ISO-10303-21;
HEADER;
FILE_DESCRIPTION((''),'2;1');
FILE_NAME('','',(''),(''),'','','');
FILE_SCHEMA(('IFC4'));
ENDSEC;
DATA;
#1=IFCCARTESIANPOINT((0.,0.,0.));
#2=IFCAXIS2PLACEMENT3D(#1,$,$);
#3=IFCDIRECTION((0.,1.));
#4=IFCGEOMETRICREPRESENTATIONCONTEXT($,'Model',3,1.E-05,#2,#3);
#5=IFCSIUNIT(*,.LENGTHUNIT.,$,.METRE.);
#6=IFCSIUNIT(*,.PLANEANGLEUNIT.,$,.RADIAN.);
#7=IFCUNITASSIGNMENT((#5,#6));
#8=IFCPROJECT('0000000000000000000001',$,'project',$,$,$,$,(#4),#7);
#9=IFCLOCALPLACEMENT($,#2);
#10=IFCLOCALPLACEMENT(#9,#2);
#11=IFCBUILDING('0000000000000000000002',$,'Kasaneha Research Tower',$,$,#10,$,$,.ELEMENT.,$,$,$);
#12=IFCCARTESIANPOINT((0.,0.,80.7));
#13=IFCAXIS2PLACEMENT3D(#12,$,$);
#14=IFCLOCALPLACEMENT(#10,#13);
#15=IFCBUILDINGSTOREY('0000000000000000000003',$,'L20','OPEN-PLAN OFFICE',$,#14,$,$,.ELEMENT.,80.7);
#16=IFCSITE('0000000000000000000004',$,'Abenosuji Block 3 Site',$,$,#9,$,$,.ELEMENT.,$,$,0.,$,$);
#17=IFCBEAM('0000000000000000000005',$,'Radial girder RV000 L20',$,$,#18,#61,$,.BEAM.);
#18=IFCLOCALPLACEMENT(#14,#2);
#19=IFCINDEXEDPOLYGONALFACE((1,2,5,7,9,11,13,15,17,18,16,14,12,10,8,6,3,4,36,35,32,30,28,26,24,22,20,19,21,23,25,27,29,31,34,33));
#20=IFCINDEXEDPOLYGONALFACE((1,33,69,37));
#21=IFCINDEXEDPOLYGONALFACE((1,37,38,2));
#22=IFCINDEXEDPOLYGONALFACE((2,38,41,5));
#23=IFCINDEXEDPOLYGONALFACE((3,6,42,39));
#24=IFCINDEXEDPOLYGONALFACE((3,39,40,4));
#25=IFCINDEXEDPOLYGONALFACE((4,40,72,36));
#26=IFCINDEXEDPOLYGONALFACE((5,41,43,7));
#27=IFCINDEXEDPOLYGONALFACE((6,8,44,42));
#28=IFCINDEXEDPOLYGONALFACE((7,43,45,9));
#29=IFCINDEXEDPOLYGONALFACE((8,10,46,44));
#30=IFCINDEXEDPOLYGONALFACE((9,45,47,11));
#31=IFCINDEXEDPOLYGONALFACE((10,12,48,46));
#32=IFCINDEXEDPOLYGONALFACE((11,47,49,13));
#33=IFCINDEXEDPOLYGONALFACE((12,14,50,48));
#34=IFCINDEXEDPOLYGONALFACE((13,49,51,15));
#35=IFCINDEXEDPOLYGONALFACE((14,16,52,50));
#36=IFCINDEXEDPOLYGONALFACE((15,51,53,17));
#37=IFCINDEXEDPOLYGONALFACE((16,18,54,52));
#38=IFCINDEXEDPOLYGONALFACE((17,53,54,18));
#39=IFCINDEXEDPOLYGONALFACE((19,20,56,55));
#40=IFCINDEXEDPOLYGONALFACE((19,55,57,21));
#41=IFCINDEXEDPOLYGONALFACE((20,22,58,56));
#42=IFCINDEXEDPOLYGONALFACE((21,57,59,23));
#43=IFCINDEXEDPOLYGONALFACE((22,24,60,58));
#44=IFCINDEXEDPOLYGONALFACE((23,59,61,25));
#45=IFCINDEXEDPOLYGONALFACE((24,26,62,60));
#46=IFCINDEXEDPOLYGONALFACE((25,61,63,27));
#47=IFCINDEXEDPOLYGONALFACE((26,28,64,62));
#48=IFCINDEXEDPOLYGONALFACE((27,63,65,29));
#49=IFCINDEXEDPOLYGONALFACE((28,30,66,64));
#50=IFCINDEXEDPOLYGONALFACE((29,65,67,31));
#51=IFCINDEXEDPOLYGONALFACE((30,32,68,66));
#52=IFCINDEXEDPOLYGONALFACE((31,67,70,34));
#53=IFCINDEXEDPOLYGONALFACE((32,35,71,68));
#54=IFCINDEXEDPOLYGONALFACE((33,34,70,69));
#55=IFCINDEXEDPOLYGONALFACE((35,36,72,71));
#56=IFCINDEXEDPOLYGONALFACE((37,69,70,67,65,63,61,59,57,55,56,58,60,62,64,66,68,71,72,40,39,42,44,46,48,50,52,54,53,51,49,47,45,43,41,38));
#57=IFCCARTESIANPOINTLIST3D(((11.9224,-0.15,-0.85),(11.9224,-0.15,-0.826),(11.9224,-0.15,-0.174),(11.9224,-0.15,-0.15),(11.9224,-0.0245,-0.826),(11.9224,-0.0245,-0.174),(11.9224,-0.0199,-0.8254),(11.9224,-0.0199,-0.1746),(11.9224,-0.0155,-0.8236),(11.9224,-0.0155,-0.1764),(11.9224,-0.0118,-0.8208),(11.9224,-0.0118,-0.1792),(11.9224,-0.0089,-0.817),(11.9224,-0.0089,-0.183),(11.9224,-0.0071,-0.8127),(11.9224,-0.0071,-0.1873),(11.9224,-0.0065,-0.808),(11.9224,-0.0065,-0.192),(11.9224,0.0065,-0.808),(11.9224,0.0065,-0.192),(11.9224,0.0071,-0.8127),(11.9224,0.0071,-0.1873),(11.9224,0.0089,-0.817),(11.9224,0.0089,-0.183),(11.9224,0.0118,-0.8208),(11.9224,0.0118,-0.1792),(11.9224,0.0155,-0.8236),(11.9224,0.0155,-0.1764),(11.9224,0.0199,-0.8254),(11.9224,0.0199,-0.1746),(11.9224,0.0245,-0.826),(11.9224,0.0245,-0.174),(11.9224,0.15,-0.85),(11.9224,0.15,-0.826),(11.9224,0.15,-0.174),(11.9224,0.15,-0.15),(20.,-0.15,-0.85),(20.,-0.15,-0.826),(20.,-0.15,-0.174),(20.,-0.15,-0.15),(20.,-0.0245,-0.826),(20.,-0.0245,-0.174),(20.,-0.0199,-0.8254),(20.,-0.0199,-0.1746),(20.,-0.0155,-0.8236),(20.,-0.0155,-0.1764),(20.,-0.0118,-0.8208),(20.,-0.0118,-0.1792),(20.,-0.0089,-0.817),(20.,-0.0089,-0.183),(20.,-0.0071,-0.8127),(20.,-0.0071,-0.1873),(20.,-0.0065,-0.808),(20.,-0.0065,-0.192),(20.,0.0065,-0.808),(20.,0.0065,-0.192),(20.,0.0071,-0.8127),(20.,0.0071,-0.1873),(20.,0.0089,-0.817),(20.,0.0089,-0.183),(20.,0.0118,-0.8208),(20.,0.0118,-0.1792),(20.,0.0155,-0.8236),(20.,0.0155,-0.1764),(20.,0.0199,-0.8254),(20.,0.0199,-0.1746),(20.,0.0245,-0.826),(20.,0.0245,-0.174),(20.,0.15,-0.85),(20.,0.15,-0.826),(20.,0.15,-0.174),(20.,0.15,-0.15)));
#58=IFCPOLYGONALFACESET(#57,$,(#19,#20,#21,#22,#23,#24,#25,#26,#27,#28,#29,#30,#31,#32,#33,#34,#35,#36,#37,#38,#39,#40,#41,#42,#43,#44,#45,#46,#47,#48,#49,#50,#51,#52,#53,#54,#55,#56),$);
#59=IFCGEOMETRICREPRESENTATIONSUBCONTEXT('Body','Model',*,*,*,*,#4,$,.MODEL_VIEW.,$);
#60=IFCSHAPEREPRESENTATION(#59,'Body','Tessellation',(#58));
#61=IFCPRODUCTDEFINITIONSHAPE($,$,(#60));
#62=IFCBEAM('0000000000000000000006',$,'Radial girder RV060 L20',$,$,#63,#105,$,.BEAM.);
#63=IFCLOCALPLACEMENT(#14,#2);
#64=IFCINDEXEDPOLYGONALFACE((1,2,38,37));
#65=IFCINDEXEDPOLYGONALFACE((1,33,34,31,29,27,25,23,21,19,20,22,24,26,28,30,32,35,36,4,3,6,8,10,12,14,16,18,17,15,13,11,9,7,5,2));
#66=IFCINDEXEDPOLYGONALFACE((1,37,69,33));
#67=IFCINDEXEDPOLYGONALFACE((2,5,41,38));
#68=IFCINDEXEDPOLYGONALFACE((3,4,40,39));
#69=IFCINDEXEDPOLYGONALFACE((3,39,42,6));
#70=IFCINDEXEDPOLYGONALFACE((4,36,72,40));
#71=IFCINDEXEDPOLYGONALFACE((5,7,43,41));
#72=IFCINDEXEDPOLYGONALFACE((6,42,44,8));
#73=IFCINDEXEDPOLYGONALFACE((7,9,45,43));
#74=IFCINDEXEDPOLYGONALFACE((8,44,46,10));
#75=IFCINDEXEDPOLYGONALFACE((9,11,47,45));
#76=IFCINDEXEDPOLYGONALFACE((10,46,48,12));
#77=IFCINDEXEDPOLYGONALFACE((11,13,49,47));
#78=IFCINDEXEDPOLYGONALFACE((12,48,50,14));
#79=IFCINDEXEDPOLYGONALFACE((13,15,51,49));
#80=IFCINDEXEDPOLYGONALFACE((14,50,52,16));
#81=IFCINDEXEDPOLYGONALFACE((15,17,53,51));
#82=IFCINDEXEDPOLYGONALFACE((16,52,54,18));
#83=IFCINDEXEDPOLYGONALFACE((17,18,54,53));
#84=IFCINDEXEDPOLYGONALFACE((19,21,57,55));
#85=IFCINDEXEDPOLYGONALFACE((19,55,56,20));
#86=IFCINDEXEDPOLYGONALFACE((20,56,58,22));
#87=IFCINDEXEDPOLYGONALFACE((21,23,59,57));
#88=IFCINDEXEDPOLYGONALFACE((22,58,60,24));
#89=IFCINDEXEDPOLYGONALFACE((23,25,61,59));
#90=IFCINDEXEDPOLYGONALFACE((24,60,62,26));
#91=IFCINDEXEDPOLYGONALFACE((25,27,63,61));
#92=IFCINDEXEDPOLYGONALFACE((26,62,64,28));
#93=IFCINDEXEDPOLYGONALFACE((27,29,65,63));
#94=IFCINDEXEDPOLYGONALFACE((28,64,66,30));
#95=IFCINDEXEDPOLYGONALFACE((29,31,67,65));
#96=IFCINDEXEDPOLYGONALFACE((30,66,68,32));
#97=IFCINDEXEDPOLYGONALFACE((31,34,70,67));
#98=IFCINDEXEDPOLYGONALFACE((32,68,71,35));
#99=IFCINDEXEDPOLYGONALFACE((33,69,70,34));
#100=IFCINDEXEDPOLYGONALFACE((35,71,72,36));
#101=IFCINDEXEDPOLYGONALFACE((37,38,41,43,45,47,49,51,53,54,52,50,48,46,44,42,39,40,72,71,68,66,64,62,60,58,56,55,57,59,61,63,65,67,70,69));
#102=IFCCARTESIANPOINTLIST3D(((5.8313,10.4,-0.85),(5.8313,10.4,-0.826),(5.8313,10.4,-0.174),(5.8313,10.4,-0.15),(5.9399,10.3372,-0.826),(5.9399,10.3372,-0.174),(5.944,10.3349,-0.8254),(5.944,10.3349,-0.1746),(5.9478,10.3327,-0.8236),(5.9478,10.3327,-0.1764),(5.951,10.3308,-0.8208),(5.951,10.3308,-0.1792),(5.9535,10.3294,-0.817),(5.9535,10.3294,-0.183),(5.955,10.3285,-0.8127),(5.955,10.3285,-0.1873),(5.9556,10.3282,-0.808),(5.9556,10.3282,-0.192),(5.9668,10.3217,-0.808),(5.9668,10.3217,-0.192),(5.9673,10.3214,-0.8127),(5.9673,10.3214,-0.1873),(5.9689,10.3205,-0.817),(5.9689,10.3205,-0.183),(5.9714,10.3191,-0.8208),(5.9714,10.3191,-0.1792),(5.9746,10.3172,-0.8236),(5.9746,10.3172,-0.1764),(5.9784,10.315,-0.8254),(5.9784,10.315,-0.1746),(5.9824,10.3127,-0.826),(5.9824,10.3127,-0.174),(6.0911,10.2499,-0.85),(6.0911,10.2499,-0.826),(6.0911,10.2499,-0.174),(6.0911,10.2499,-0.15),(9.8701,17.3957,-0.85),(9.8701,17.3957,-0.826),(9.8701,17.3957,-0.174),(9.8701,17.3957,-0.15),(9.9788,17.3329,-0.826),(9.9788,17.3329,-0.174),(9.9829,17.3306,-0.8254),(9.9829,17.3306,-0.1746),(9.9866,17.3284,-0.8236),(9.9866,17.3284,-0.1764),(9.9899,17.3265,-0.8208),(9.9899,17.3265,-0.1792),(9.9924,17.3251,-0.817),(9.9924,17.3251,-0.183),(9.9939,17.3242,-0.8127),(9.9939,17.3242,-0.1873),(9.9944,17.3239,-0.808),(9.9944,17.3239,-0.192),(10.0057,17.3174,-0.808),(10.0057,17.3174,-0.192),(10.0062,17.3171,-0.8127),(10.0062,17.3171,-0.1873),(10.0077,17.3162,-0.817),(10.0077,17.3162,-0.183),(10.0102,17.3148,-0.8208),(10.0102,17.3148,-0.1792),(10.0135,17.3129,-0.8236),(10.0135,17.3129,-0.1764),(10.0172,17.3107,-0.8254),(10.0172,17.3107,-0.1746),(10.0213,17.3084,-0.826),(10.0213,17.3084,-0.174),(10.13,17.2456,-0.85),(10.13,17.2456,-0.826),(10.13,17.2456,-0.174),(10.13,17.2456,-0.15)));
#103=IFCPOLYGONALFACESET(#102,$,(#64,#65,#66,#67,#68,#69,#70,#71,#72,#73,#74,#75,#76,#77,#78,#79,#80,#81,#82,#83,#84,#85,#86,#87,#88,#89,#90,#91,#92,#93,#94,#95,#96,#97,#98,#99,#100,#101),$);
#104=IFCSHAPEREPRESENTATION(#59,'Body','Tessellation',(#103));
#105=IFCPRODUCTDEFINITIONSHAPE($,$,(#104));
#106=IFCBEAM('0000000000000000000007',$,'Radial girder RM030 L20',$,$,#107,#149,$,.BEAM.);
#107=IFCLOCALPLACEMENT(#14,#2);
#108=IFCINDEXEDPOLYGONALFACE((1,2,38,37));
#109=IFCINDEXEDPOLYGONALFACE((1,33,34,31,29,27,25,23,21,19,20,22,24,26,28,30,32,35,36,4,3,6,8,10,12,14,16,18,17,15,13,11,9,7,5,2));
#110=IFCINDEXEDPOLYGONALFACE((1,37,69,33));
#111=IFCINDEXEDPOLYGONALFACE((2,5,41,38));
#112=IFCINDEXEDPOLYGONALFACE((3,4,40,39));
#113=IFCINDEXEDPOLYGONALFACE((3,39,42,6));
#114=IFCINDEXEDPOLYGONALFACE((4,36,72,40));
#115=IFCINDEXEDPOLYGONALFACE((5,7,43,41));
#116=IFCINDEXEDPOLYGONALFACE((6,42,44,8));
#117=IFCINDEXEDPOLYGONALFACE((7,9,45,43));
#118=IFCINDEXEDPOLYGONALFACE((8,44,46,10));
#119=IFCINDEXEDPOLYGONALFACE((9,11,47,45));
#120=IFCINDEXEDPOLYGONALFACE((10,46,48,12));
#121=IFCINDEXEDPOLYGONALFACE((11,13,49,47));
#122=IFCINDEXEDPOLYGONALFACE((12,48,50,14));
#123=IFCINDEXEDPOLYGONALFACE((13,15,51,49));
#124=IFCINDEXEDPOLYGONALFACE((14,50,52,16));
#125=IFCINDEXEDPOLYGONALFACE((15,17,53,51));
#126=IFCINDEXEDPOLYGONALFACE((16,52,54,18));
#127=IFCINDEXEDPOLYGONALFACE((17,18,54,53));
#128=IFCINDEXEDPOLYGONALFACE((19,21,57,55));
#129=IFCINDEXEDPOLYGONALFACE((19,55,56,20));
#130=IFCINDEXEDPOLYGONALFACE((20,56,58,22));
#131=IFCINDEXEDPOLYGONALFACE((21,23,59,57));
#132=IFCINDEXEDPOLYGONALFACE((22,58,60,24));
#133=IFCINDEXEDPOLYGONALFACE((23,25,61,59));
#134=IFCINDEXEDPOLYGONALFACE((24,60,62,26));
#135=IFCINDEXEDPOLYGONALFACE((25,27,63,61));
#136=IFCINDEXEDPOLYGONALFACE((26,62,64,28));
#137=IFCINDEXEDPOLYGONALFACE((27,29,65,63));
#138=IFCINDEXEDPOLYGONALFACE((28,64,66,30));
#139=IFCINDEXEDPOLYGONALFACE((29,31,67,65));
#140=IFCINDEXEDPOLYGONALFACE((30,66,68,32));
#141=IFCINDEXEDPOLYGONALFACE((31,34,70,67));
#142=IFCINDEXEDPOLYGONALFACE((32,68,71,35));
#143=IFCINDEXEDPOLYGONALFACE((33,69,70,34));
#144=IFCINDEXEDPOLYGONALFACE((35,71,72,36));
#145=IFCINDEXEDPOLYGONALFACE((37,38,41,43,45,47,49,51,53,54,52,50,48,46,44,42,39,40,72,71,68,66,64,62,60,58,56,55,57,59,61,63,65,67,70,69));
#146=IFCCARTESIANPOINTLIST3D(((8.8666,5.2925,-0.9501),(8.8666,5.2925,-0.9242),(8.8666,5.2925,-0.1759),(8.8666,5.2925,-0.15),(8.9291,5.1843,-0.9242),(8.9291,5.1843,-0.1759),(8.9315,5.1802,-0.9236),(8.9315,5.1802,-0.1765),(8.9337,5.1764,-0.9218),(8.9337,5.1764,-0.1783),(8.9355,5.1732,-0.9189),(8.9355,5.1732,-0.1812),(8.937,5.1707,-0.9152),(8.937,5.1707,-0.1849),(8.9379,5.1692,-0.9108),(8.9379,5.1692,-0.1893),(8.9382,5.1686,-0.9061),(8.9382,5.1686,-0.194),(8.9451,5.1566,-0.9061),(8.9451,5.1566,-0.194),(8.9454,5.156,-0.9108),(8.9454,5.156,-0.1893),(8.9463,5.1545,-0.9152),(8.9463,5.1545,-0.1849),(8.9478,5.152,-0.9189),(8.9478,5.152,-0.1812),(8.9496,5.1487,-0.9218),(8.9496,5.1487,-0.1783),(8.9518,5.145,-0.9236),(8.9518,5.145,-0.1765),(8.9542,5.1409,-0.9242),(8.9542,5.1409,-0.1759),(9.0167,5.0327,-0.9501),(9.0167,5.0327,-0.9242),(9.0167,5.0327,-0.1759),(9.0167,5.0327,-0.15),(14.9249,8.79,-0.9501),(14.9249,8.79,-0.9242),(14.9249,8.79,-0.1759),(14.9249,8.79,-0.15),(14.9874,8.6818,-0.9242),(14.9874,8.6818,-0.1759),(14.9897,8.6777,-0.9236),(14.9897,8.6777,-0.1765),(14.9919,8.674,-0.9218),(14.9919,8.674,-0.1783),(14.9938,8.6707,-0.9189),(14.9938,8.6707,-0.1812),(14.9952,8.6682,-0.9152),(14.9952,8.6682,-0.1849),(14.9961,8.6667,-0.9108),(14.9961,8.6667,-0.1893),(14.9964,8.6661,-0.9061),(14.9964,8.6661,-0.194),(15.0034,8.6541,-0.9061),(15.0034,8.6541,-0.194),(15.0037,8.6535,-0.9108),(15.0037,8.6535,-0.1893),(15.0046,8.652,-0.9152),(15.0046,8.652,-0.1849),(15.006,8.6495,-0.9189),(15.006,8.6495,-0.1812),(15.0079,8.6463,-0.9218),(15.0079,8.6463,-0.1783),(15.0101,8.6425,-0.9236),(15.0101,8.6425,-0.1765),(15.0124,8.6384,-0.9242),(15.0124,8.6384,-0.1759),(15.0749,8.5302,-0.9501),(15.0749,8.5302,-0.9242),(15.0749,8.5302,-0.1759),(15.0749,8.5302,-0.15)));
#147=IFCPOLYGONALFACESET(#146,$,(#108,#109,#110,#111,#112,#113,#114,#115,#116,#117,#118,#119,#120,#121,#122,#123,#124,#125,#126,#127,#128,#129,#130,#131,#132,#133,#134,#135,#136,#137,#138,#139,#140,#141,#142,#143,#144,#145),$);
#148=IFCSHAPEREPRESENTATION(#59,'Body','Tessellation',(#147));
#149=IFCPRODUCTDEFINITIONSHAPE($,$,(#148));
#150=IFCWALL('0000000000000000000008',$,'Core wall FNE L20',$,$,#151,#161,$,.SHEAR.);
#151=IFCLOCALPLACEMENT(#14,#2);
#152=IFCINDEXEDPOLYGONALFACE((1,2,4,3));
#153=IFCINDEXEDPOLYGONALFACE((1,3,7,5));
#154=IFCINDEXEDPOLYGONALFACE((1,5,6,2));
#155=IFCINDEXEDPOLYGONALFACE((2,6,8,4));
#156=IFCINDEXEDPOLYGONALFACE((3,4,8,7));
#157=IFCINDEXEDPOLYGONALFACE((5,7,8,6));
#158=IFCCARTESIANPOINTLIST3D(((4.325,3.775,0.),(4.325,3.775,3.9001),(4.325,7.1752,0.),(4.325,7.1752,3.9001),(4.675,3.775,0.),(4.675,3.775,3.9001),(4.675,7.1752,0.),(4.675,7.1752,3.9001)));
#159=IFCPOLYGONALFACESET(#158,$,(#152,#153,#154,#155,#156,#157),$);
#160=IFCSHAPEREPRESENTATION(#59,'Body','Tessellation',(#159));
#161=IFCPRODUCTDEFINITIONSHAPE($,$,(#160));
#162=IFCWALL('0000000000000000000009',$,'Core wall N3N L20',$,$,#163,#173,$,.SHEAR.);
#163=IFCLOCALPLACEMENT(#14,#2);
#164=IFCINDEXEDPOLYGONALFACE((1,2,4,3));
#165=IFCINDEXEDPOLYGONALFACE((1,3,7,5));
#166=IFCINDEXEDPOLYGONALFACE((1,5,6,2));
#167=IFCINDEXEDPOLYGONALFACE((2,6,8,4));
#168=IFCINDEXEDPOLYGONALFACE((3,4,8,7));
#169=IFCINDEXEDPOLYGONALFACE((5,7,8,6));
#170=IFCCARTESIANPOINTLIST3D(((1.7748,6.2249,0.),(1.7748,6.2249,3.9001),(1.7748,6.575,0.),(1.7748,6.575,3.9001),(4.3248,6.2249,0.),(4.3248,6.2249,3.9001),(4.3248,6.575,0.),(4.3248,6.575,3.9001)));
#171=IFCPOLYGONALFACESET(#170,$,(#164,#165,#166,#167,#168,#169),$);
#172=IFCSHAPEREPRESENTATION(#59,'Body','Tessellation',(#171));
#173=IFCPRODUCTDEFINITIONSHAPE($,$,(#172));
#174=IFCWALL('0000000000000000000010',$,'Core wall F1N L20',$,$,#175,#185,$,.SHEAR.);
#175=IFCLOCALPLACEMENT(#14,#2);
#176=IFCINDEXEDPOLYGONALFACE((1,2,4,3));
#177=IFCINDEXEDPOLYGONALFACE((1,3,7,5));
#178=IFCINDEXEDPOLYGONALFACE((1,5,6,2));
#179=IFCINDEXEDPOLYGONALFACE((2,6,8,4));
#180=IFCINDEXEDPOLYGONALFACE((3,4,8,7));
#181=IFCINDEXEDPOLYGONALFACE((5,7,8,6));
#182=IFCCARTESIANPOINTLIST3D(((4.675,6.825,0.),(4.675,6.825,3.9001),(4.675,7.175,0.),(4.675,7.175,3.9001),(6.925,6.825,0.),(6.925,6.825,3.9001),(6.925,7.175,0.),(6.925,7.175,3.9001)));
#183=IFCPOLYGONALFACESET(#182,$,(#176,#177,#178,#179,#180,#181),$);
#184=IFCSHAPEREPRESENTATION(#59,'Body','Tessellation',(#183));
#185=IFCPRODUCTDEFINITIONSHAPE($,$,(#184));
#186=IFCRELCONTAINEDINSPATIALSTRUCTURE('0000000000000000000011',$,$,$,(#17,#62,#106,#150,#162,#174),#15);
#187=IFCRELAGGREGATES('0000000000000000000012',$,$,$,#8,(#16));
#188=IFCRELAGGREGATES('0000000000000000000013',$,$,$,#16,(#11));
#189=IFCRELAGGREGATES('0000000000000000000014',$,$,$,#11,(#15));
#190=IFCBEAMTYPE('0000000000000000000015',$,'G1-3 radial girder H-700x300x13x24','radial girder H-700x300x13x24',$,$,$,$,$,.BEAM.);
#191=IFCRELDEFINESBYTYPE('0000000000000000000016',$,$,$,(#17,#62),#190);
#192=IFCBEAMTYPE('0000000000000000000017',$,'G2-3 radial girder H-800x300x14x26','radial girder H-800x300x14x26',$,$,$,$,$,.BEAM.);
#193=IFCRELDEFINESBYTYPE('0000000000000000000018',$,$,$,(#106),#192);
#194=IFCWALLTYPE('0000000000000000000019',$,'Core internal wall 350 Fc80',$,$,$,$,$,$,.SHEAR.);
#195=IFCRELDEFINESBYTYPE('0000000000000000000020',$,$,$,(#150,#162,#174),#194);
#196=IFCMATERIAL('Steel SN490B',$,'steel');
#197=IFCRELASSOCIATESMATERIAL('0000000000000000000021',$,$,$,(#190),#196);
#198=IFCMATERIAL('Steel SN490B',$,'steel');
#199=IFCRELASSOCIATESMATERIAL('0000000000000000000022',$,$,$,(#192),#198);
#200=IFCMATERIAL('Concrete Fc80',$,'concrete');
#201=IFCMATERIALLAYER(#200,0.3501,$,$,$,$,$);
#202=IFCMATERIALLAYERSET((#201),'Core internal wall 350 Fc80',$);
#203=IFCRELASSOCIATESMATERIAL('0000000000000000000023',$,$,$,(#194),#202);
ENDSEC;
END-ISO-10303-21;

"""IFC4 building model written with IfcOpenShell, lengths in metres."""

from ifc_helpers import new_model, si_unit, direction, frame, frame_2d, origin, origin_2d, place, context, subcontext, project, spatial, rectangle, i_section, extrude, material, layer, layer_set, material_profile, profile_set, type_object, element, save


model = new_model("IFC4")

# Units and contexts
model_context = context("Model", 3, precision=1e-05, world=origin(), true_north=direction((0.0, 1.0)))
body_context = subcontext(model_context, "Body", "Model", "MODEL_VIEW")
ifc_project = project(units=[si_unit("LENGTHUNIT", "METRE"), si_unit("PLANEANGLEUNIT", "RADIAN")], contexts=[model_context])

# Site, building, storey
site_placement = place(None, origin())
site = spatial("IfcSite", under=ifc_project, at=site_placement, Name="Abenosuji Block 3 Site", CompositionType="ELEMENT", RefElevation=0.0)
building_placement = place(site_placement, origin())
building = spatial("IfcBuilding", under=site, at=building_placement, Name="Kasaneha Research Tower", CompositionType="ELEMENT")
storey_placement = place(building_placement, frame((0.0, 0.0, 80.7)))
storey = spatial("IfcBuildingStorey", under=building, at=storey_placement, Name="L20", Description="OPEN-PLAN OFFICE", CompositionType="ELEMENT", Elevation=80.7)

# Beams
ifc_material_1 = material(Name="Steel SN490B", Category="steel")
ifc_material_profile_1 = material_profile(ifc_material_1, i_section(OverallWidth=0.3, OverallDepth=0.7, WebThickness=0.0129, FlangeThickness=0.0239, FilletRadius=0.0181, at=origin_2d()), Name="H-700x300x13x24")
ifc_profile_set_1 = profile_set([ifc_material_profile_1], Name="Steel SN490B")
beam_type_1 = type_object("IfcBeamType", Name="G1-3 radial girder H-700x300x13x24", Description="radial girder H-700x300x13x24", PredefinedType="BEAM", material=ifc_profile_set_1)
beam_1_placement = place(storey_placement, frame((11.9224, 0.0, -0.5), z_axis=(1.0, 0.0, 0.0), x_axis=(0.0, 1.0, 0.0)))
element("IfcBeam", 1, at=beam_1_placement, inside=storey, type_object=beam_type_1, Name="Radial girder RV000 L20", PredefinedType="BEAM", context=body_context, shape_type="SweptSolid", body=[
    extrude(i_section(OverallWidth=0.3, OverallDepth=0.7, WebThickness=0.0129, FlangeThickness=0.0239, FilletRadius=0.0181, at=origin_2d()), origin(), (0.0, 0.0, 1.0), 8.0776),
])
beam_2_placement = place(storey_placement, frame((5.9612, 10.325, -0.5), z_axis=(0.499991, 0.866031, 0.0), x_axis=(-0.866031, 0.499991, 0.0)))
element("IfcBeam", 2, at=beam_2_placement, inside=storey, type_object=beam_type_1, Name="Radial girder RV060 L20", PredefinedType="BEAM", context=body_context, shape_type="SweptSolid", body=[
    extrude(i_section(OverallWidth=0.3, OverallDepth=0.7, WebThickness=0.0129, FlangeThickness=0.0239, FilletRadius=0.0181, at=origin_2d()), origin(), (0.0, 0.0, 1.0), 8.0779),
])
ifc_material_2 = material(Name="Steel SN490B", Category="steel")
ifc_material_profile_2 = material_profile(ifc_material_2, i_section(OverallWidth=0.3, OverallDepth=0.8, WebThickness=0.0139, FlangeThickness=0.0259, FilletRadius=0.0181, at=origin_2d()), Name="H-800x300x14x26")
ifc_profile_set_2 = profile_set([ifc_material_profile_2], Name="Steel SN490B")
beam_type_2 = type_object("IfcBeamType", Name="G2-3 radial girder H-800x300x14x26", Description="radial girder H-800x300x14x26", PredefinedType="BEAM", material=ifc_profile_set_2)
beam_3_placement = place(storey_placement, frame((8.9417, 5.1626, -0.55), z_axis=(0.86604, 0.499975, 0.0), x_axis=(-0.499975, 0.86604, 0.0)))
element("IfcBeam", 3, at=beam_3_placement, inside=storey, type_object=beam_type_2, Name="Radial girder RM030 L20", PredefinedType="BEAM", context=body_context, shape_type="SweptSolid", body=[
    extrude(i_section(OverallWidth=0.3, OverallDepth=0.8, WebThickness=0.0139, FlangeThickness=0.0259, FilletRadius=0.0181, at=origin_2d()), origin(), (0.0, 0.0, 1.0), 6.9954),
])

# Walls
ifc_material_3 = material(Name="Concrete Fc80", Category="concrete")
ifc_layer_1 = layer(ifc_material_3, 0.3501)
ifc_layer_set_1 = layer_set([ifc_layer_1], Name="Core internal wall 350 Fc80")
wall_type_1 = type_object("IfcWallType", Name="Core internal wall 350 Fc80", PredefinedType="SHEAR", material=ifc_layer_set_1)
wall_1_placement = place(storey_placement, frame((4.5, 3.7749, 0.0), z_axis=(0.0, 0.0, 1.0), x_axis=(0.0, 1.0, 0.0)))
element("IfcWall", 4, at=wall_1_placement, inside=storey, type_object=wall_type_1, Name="Core wall FNE L20", PredefinedType="SHEAR", context=body_context, shape_type="SweptSolid", body=[
    extrude(rectangle(XDim=3.4001, YDim=0.3501, at=frame_2d((1.7002, 0.0))), origin(), (0.0, 0.0, 1.0), 3.9001),
])
wall_2_placement = place(storey_placement, frame((1.7749, 6.3999, 0.0), z_axis=(0.0, 0.0, 1.0), x_axis=(1.0, 0.0, 0.0)))
element("IfcWall", 5, at=wall_2_placement, inside=storey, type_object=wall_type_1, Name="Core wall N3N L20", PredefinedType="SHEAR", context=body_context, shape_type="SweptSolid", body=[
    extrude(rectangle(XDim=2.55, YDim=0.3501, at=frame_2d((1.2749, 0.0))), origin(), (0.0, 0.0, 1.0), 3.9001),
])
wall_3_placement = place(storey_placement, frame((4.675, 7.0, 0.0), z_axis=(0.0, 0.0, 1.0), x_axis=(1.0, 0.0, 0.0)))
element("IfcWall", 6, at=wall_3_placement, inside=storey, type_object=wall_type_1, Name="Core wall F1N L20", PredefinedType="SHEAR", context=body_context, shape_type="SweptSolid", body=[
    extrude(rectangle(XDim=2.25, YDim=0.3501, at=frame_2d((1.125, 0.0))), origin(), (0.0, 0.0, 1.0), 3.9001),
])

save(model, "model.ifc")
